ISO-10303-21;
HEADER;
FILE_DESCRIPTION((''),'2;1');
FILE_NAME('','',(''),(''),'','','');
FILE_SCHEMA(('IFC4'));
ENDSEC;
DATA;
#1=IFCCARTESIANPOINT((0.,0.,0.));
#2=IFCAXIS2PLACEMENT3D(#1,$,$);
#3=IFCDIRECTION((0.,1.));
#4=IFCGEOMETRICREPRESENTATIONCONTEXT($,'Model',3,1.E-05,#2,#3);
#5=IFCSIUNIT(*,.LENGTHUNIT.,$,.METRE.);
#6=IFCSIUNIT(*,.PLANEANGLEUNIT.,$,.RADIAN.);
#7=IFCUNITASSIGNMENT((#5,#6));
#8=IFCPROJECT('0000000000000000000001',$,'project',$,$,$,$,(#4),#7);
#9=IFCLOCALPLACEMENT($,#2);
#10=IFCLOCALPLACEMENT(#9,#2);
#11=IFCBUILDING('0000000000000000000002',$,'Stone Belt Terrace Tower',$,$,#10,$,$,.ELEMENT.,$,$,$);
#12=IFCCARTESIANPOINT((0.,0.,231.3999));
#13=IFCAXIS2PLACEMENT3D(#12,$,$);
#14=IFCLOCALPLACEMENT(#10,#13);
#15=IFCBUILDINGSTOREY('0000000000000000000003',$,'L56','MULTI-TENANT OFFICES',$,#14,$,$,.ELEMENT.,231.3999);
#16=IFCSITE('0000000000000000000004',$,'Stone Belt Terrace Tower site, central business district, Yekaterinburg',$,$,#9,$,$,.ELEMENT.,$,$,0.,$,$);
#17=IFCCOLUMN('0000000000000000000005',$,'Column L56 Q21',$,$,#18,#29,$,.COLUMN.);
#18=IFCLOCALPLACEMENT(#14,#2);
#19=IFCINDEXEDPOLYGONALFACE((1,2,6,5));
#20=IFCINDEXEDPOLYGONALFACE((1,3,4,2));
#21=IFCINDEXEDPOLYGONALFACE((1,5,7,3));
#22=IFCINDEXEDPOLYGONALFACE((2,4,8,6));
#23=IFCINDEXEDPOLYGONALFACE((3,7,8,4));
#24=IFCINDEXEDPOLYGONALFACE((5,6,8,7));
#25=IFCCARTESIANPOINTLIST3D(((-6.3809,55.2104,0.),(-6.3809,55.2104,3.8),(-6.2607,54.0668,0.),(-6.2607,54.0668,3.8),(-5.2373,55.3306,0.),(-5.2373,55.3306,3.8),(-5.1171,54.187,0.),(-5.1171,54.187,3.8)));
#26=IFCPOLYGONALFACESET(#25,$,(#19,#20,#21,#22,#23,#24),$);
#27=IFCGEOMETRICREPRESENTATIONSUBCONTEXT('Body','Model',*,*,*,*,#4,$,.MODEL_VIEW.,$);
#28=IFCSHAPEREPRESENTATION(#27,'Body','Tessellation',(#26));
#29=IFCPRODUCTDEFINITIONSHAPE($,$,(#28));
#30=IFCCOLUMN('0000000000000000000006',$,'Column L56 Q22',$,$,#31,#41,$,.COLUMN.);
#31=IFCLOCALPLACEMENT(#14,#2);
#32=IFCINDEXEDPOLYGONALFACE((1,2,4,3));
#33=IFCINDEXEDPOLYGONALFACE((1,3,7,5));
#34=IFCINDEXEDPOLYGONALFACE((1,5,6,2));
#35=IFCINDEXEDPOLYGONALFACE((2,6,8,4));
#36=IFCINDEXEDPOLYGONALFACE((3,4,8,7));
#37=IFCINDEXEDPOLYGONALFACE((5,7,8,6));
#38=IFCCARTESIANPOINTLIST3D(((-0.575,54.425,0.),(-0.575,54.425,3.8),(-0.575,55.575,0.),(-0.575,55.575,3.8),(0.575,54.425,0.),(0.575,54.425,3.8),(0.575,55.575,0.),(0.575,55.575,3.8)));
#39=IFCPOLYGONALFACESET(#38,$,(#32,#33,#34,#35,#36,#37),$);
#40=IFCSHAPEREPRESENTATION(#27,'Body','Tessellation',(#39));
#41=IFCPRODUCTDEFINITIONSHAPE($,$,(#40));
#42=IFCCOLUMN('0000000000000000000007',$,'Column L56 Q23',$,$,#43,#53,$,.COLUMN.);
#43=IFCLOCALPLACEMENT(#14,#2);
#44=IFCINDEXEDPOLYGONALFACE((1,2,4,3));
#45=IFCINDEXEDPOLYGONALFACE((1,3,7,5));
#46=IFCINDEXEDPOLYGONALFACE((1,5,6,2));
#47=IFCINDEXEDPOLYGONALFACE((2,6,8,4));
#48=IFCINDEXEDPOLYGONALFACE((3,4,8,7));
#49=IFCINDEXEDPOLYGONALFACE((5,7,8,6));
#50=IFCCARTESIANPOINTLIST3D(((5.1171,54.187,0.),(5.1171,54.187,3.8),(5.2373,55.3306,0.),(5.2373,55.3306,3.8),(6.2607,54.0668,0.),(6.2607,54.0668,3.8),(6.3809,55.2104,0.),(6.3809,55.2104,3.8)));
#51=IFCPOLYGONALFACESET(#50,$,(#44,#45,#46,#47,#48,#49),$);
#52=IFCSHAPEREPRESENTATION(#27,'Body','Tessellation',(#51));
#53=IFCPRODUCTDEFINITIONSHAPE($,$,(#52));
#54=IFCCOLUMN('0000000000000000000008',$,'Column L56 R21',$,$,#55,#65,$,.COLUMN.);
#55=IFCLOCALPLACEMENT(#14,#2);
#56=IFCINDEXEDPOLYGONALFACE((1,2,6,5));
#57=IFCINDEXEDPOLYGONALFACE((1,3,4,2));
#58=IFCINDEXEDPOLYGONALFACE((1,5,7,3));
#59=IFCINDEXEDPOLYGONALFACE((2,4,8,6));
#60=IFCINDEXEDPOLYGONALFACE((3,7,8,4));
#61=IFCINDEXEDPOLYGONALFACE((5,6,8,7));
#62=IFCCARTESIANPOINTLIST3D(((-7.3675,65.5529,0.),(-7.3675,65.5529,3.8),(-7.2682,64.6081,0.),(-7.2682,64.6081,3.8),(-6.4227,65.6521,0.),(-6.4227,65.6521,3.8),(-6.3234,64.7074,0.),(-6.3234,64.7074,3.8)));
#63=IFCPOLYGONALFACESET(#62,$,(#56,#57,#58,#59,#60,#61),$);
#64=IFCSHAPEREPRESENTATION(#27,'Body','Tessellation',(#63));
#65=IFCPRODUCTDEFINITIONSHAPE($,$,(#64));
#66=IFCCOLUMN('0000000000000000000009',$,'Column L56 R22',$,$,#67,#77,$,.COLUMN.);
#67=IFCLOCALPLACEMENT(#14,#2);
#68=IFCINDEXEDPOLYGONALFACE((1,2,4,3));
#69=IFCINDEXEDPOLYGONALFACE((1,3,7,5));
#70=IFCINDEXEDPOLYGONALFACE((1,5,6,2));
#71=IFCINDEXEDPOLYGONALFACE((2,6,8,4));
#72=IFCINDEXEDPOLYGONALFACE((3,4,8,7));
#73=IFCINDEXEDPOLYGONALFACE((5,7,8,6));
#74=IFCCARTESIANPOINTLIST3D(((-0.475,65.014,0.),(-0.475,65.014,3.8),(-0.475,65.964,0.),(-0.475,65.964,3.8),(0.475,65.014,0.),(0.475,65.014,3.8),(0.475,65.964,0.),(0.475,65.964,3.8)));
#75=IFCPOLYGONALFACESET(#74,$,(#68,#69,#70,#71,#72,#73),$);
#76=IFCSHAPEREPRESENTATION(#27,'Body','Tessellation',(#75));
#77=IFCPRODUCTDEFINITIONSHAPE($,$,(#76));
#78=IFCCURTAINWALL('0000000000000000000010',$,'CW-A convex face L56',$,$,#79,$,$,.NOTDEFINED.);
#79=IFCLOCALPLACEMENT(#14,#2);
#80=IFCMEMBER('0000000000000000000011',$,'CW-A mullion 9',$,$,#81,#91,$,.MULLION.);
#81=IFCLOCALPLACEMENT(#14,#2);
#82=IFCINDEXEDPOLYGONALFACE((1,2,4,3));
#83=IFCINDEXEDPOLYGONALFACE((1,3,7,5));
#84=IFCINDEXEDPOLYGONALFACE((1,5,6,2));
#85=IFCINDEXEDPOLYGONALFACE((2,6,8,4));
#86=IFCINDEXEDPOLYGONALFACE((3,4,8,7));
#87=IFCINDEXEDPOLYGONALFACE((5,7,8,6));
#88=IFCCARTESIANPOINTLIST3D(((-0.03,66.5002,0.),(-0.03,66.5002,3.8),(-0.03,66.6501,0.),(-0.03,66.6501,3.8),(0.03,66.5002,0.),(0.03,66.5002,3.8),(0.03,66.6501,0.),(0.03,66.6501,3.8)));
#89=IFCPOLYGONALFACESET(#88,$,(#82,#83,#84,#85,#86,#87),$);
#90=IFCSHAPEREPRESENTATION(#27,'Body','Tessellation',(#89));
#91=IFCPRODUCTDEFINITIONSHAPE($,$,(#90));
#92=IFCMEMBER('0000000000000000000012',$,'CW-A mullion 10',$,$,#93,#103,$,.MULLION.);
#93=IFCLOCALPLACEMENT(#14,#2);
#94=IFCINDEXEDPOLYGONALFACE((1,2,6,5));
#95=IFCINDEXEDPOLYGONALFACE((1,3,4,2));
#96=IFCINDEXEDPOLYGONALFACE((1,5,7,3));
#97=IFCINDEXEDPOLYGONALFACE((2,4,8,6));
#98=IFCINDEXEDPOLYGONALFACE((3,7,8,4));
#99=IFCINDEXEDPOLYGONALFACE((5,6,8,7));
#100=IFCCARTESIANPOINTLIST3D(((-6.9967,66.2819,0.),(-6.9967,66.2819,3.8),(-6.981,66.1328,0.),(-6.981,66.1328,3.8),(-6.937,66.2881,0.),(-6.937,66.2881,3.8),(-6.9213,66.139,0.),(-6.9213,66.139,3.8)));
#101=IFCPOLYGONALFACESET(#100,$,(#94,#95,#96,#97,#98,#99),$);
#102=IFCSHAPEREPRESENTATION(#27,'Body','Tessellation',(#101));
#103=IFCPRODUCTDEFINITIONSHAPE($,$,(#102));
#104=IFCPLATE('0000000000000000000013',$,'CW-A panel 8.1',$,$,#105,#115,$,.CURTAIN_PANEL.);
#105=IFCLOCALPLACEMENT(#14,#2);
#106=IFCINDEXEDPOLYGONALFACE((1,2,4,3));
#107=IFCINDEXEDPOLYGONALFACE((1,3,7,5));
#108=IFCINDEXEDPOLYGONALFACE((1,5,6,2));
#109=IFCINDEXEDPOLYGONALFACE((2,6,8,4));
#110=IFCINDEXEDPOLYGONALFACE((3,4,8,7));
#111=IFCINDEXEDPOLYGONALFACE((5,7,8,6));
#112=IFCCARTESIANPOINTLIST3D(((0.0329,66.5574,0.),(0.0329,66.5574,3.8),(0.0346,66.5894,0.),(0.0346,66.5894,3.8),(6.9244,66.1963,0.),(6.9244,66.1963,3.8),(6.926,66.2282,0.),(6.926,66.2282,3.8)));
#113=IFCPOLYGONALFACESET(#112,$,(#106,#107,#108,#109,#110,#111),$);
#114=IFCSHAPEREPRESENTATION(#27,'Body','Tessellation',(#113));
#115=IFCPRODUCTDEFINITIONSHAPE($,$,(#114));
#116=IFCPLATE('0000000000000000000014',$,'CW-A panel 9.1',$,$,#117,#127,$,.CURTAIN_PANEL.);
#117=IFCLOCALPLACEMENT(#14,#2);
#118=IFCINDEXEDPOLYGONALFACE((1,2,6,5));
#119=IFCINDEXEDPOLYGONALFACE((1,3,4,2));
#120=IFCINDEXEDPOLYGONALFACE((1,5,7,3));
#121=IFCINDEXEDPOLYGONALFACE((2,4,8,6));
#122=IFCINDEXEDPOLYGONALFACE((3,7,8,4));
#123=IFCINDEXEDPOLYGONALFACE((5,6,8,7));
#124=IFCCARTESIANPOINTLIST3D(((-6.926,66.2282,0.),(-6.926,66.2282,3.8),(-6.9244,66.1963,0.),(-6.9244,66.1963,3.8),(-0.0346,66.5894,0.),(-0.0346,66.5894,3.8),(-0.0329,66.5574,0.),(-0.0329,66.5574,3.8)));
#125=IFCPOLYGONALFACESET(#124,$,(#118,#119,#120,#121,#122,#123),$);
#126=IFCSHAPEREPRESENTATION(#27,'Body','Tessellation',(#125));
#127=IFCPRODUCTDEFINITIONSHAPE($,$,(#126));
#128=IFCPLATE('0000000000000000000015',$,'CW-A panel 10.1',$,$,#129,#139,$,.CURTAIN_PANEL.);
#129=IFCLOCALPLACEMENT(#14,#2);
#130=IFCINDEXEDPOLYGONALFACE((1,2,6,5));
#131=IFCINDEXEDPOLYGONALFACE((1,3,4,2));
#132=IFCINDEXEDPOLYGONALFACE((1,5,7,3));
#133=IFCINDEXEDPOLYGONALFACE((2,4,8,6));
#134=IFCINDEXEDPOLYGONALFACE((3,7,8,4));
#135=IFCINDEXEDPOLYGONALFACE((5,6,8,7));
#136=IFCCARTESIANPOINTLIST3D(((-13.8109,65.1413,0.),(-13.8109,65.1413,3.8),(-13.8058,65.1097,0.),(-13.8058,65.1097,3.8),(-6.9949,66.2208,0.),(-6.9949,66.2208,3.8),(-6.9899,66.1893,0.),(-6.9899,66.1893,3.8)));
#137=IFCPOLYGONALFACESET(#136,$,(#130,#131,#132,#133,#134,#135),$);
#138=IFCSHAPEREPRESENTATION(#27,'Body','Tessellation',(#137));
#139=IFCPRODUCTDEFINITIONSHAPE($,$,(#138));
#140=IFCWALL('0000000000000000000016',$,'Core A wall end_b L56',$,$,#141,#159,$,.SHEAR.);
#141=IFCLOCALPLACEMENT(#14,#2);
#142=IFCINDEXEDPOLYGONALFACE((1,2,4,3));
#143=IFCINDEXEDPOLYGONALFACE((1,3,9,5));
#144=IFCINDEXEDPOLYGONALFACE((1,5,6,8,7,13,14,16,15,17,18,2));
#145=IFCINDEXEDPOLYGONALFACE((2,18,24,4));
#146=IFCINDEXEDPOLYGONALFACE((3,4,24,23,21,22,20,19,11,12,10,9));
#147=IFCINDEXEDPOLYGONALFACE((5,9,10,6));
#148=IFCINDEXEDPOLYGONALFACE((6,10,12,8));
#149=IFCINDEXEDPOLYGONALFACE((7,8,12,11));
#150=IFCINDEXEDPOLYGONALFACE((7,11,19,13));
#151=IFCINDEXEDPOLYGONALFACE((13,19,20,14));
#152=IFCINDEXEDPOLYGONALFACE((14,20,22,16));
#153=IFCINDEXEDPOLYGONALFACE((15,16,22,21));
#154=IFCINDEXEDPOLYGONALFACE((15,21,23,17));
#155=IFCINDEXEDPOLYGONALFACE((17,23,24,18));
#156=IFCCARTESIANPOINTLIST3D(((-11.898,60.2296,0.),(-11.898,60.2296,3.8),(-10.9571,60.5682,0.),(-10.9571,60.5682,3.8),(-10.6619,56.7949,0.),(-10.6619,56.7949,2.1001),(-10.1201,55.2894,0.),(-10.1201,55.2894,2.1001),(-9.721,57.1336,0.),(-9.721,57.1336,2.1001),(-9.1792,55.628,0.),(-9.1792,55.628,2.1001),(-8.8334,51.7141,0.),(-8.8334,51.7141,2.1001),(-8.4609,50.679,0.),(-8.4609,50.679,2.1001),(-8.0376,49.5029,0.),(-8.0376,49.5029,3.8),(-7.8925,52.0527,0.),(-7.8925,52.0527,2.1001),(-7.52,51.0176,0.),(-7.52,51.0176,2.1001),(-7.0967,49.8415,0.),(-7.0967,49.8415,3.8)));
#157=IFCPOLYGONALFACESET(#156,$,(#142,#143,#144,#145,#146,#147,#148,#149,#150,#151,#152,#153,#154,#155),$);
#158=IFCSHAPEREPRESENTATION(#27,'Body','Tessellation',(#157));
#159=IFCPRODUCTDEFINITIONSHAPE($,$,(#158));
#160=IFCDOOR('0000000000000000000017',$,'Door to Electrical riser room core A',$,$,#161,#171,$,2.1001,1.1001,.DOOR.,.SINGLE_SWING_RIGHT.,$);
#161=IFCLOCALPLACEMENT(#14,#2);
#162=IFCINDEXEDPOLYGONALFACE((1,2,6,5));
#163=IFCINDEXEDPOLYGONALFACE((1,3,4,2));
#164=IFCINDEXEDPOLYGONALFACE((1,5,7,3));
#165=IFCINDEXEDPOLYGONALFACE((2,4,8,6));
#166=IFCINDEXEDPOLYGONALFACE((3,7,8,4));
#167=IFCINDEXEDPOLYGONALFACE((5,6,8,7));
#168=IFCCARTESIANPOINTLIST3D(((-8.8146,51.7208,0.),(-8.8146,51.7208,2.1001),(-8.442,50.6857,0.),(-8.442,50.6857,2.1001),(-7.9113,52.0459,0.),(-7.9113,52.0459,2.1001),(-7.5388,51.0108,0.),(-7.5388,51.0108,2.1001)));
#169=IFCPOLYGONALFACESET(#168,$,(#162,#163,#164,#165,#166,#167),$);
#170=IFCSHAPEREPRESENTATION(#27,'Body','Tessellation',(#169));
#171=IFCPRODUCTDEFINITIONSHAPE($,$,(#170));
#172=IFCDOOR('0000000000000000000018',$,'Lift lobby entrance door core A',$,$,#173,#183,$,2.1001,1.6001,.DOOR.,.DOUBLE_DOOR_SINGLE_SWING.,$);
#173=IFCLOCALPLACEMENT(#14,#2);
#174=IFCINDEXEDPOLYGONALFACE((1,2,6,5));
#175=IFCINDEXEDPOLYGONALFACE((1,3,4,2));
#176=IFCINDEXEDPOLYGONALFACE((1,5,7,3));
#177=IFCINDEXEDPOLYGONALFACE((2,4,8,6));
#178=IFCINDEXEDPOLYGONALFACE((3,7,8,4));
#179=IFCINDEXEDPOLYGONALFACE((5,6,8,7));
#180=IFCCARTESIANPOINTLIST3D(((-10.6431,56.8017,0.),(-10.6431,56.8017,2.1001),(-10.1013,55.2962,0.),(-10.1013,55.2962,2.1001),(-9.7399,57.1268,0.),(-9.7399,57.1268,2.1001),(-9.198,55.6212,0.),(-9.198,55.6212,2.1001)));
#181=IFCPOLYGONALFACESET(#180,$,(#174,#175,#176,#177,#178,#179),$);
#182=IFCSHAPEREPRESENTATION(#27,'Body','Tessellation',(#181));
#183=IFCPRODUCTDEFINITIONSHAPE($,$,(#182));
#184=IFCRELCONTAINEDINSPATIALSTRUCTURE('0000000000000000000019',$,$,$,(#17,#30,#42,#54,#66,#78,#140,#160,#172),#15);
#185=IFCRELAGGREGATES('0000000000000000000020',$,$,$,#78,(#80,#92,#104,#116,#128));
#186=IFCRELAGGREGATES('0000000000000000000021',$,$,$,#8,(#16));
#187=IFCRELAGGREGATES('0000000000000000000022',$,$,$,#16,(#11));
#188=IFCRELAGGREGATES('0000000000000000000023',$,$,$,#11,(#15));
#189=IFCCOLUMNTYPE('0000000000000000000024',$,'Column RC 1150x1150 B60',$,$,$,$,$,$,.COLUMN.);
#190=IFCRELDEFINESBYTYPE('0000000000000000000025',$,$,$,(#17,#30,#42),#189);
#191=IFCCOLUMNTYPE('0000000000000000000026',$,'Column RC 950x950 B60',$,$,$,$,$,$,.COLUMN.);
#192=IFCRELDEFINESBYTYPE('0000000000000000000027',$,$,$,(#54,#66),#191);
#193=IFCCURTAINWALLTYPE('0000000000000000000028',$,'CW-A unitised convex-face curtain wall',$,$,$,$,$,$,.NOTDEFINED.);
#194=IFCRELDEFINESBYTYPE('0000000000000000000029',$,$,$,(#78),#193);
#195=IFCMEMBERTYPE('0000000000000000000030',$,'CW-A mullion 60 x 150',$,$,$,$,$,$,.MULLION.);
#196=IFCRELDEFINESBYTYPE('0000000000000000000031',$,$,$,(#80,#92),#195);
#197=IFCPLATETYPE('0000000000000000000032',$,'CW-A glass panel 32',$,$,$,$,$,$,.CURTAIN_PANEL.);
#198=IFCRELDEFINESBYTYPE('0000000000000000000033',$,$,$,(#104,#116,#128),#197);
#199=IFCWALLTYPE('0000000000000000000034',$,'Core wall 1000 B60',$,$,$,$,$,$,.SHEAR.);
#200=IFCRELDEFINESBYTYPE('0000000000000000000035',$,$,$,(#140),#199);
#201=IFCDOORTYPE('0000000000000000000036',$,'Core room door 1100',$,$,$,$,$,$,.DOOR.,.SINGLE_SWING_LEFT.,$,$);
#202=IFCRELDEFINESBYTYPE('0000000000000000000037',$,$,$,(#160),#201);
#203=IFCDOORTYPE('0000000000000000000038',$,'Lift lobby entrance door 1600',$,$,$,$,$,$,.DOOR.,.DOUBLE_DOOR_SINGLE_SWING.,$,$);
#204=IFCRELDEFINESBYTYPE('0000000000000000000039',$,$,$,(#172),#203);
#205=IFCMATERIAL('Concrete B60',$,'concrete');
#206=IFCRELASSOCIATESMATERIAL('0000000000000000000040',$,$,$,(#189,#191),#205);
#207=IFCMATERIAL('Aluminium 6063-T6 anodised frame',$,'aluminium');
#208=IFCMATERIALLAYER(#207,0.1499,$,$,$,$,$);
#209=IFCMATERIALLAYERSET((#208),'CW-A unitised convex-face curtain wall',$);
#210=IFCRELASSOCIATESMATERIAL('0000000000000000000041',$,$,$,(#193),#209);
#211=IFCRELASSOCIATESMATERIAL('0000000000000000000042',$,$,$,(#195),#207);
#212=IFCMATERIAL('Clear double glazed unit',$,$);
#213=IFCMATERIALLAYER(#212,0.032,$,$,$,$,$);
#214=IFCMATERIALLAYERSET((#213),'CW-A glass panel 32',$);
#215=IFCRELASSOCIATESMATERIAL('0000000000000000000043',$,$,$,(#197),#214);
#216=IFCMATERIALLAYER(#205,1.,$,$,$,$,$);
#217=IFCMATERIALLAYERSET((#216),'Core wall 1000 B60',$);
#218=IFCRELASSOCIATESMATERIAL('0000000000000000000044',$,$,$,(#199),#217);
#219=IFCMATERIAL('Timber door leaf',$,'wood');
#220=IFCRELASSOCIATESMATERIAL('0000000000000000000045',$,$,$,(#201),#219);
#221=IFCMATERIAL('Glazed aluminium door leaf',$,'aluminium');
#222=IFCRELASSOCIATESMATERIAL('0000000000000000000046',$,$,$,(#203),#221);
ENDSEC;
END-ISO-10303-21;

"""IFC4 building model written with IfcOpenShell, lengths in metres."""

from ifc_helpers import new_model, si_unit, direction, frame, frame_2d, origin, origin_2d, place, context, subcontext, project, spatial, rectangle, extrude, material, layer, layer_set, material_profile, profile_set, type_object, element, fill, aggregate, save


model = new_model("IFC4")

# Units and contexts
model_context = context("Model", 3, precision=1e-05, world=origin(), true_north=direction((0.0, 1.0)))
body_context = subcontext(model_context, "Body", "Model", "MODEL_VIEW")
ifc_project = project(units=[si_unit("LENGTHUNIT", "METRE"), si_unit("PLANEANGLEUNIT", "RADIAN")], contexts=[model_context])

# Site, building, storey
site_placement = place(None, origin())
site = spatial("IfcSite", under=ifc_project, at=site_placement, Name="Stone Belt Terrace Tower site, central business district, Yekaterinburg", CompositionType="ELEMENT", RefElevation=0.0)
building_placement = place(site_placement, origin())
building = spatial("IfcBuilding", under=site, at=building_placement, Name="Stone Belt Terrace Tower", CompositionType="ELEMENT")
storey_placement = place(building_placement, frame((0.0, 0.0, 231.3999)))
storey = spatial("IfcBuildingStorey", under=building, at=storey_placement, Name="L56", Description="MULTI-TENANT OFFICES", CompositionType="ELEMENT", Elevation=231.3999)

# Columns
ifc_material_1 = material(Name="Concrete B60", Category="concrete")
ifc_material_profile_1 = material_profile(ifc_material_1, rectangle(XDim=1.1499, YDim=1.1499, at=origin_2d()), Name="RC 1150x1150")
ifc_profile_set_1 = profile_set([ifc_material_profile_1], Name="Concrete B60")
column_type_1 = type_object("IfcColumnType", Name="Column RC 1150x1150 B60", PredefinedType="COLUMN", material=ifc_profile_set_1)
for number, where, z_axis, x_axis, name in (
    (1, (-5.749, 54.6987, 0.0), (0.0, 0.0, 1.0), (0.994522, 0.104528, 0.0), "Column L56 Q21"),
    (2, (0.0, 55.0, 0.0), (0.0, 0.0, 1.0), (1.0, 0.0, 0.0), "Column L56 Q22"),
    (3, (5.749, 54.6987, 0.0), (0.0, 0.0, 1.0), (0.994522, -0.104528, 0.0), "Column L56 Q23"),
):
    element("IfcColumn", number, at=place(storey_placement, frame(where, z_axis=z_axis, x_axis=x_axis)), inside=storey, type_object=column_type_1, Name=name, PredefinedType="COLUMN", context=body_context, shape_type="SweptSolid", body=[
        extrude(rectangle(XDim=1.1499, YDim=1.1499, at=origin_2d()), origin(), (0.0, 0.0, 1.0), 3.8),
    ])
ifc_material_profile_2 = material_profile(ifc_material_1, rectangle(XDim=0.95, YDim=0.95, at=origin_2d()), Name="RC 950x950")
ifc_profile_set_2 = profile_set([ifc_material_profile_2], Name="Concrete B60")
column_type_2 = type_object("IfcColumnType", Name="Column RC 950x950 B60", PredefinedType="COLUMN", material=ifc_profile_set_2)
for number, where, z_axis, x_axis, name in (
    (4, (-6.8455, 65.1301, 0.0), (0.0, 0.0, 1.0), (0.994522, 0.104528, 0.0), "Column L56 R21"),
    (5, (0.0, 65.489, 0.0), (0.0, 0.0, 1.0), (1.0, 0.0, 0.0), "Column L56 R22"),
):
    element("IfcColumn", number, at=place(storey_placement, frame(where, z_axis=z_axis, x_axis=x_axis)), inside=storey, type_object=column_type_2, Name=name, PredefinedType="COLUMN", context=body_context, shape_type="SweptSolid", body=[
        extrude(rectangle(XDim=0.95, YDim=0.95, at=origin_2d()), origin(), (0.0, 0.0, 1.0), 3.8),
    ])

# Curtain wall, members, plates
ifc_material_2 = material(Name="Aluminium 6063-T6 anodised frame", Category="aluminium")
ifc_layer_1 = layer(ifc_material_2, 0.1499)
ifc_layer_set_1 = layer_set([ifc_layer_1], Name="CW-A unitised convex-face curtain wall")
curtain_wall_type = type_object("IfcCurtainWallType", Name="CW-A unitised convex-face curtain wall", PredefinedType="NOTDEFINED", material=ifc_layer_set_1)
curtain_wall_placement = place(storey_placement, origin())
curtain_wall = element("IfcCurtainWall", 6, at=curtain_wall_placement, inside=storey, type_object=curtain_wall_type, Name="CW-A convex face L56", PredefinedType="NOTDEFINED")
ifc_material_profile_3 = material_profile(ifc_material_2, rectangle(XDim=0.1499, YDim=0.0601, at=origin_2d()), Name="Aluminium 6063-T6 60x150")
ifc_profile_set_3 = profile_set([ifc_material_profile_3], Name="Aluminium 6063-T6 anodised frame")
member_type = type_object("IfcMemberType", Name="CW-A mullion 60 x 150", PredefinedType="MULLION", material=ifc_profile_set_3)
member_1_placement = place(storey_placement, frame((0.0, 66.5752, 0.0), z_axis=(0.0, 0.0, 1.0), x_axis=(0.0, -1.0, 0.0)))
member_1 = element("IfcMember", 7, at=member_1_placement, type_object=member_type, Name="CW-A mullion 9", PredefinedType="MULLION", context=body_context, shape_type="SweptSolid", body=[
    extrude(rectangle(XDim=0.1499, YDim=0.0601, at=origin_2d()), origin(), (0.0, 0.0, 1.0), 3.8),
])
member_2_placement = place(storey_placement, frame((-6.959, 66.2104, 0.0), z_axis=(0.0, 0.0, 1.0), x_axis=(0.104528, -0.994522, 0.0)))
member_2 = element("IfcMember", 8, at=member_2_placement, type_object=member_type, Name="CW-A mullion 10", PredefinedType="MULLION", context=body_context, shape_type="SweptSolid", body=[
    extrude(rectangle(XDim=0.1499, YDim=0.0601, at=origin_2d()), origin(), (0.0, 0.0, 1.0), 3.8),
])
ifc_material_3 = material(Name="Clear double glazed unit")
ifc_layer_2 = layer(ifc_material_3, 0.032)
ifc_layer_set_2 = layer_set([ifc_layer_2], Name="CW-A glass panel 32")
plate_type = type_object("IfcPlateType", Name="CW-A glass panel 32", PredefinedType="CURTAIN_PANEL", material=ifc_layer_set_2)
plate_1_placement = place(storey_placement, frame((3.4795, 66.3928, 0.0), z_axis=(0.0, 0.0, 1.0), x_axis=(-0.99863, 0.052336, 0.0)))
plate_1 = element("IfcPlate", 9, at=plate_1_placement, type_object=plate_type, Name="CW-A panel 8.1", PredefinedType="CURTAIN_PANEL", context=body_context, shape_type="SweptSolid", body=[
    extrude(rectangle(XDim=6.9009, YDim=0.032, at=origin_2d()), origin(), (0.0, 0.0, 1.0), 3.8),
])
plate_2_placement = place(storey_placement, frame((-3.4795, 66.3928, 0.0), z_axis=(0.0, 0.0, 1.0), x_axis=(-0.99863, -0.052336, 0.0)))
plate_2 = element("IfcPlate", 10, at=plate_2_placement, type_object=plate_type, Name="CW-A panel 9.1", PredefinedType="CURTAIN_PANEL", context=body_context, shape_type="SweptSolid", body=[
    extrude(rectangle(XDim=6.9009, YDim=0.032, at=origin_2d()), origin(), (0.0, 0.0, 1.0), 3.8),
])
plate_3_placement = place(storey_placement, frame((-10.4004, 65.6653, 0.0), z_axis=(0.0, 0.0, 1.0), x_axis=(-0.987688, -0.156434, 0.0)))
plate_3 = element("IfcPlate", 11, at=plate_3_placement, type_object=plate_type, Name="CW-A panel 10.1", PredefinedType="CURTAIN_PANEL", context=body_context, shape_type="SweptSolid", body=[
    extrude(rectangle(XDim=6.9009, YDim=0.032, at=origin_2d()), origin(), (0.0, 0.0, 1.0), 3.8),
])
aggregate(curtain_wall, [member_1, member_2, plate_1, plate_2, plate_3])

# Wall, openings, doors
ifc_layer_3 = layer(ifc_material_1, 1.0)
ifc_layer_set_3 = layer_set([ifc_layer_3], Name="Core wall 1000 B60")
wall_type_1 = type_object("IfcWallType", Name="Core wall 1000 B60", PredefinedType="SHEAR", material=ifc_layer_set_3)
wall_1_placement = place(storey_placement, frame((-7.5671, 49.6721, 0.0), z_axis=(0.0, 0.0, 1.0), x_axis=(-0.338625, 0.940921, 0.0)))
wall_1 = element("IfcWall", 12, at=wall_1_placement, inside=storey, type_object=wall_type_1, Name="Core A wall end_b L56", PredefinedType="SHEAR", context=body_context, shape_type="SweptSolid", body=[
    extrude(rectangle(XDim=11.4001, YDim=1.0, at=frame_2d((5.7002, 0.0))), origin(), (0.0, 0.0, 1.0), 3.8),
])
opening_1_placement = place(wall_1_placement, frame((6.1499, 0.0, 0.0)))
opening_1 = element("IfcOpeningElement", 13, at=opening_1_placement, cuts=wall_1, PredefinedType="OPENING", context=body_context, shape_type="SweptSolid", body=[
    extrude(rectangle(XDim=1.6001, YDim=2.1001, at=frame_2d((0.8, 1.05))), frame((0.0, 0.51, 0.0), z_axis=(0.0, -1.0, 0.0), x_axis=(1.0, 0.0, 0.0)), (0.0, 0.0, 1.0), 1.02),
])
opening_2_placement = place(wall_1_placement, frame((1.25, 0.0, 0.0)))
opening_2 = element("IfcOpeningElement", 14, at=opening_2_placement, cuts=wall_1, PredefinedType="OPENING", context=body_context, shape_type="SweptSolid", body=[
    extrude(rectangle(XDim=1.1001, YDim=2.1001, at=frame_2d((0.55, 1.05))), frame((0.0, 0.51, 0.0), z_axis=(0.0, -1.0, 0.0), x_axis=(1.0, 0.0, 0.0)), (0.0, 0.0, 1.0), 1.02),
])
ifc_material_4 = material(Name="Timber door leaf", Category="wood")
door_type_1 = type_object("IfcDoorType", Name="Core room door 1100", OperationType="SINGLE_SWING_LEFT", PredefinedType="DOOR", material=ifc_material_4)
door_1_placement = place(opening_2_placement, origin())
door_1 = element("IfcDoor", 15, at=door_1_placement, inside=storey, type_object=door_type_1, Name="Door to Electrical riser room core A", OperationType="SINGLE_SWING_RIGHT", OverallHeight=2.1001, OverallWidth=1.1001, PredefinedType="DOOR", context=body_context, shape_type="SweptSolid", body=[
    extrude(rectangle(XDim=1.1001, YDim=2.1001, at=frame_2d((0.55, 1.05))), frame((0.0, 0.48, 0.0), z_axis=(0.0, -1.0, 0.0), x_axis=(1.0, 0.0, 0.0)), (0.0, 0.0, 1.0), 0.96),
])
fill(opening_2, door_1)
ifc_material_5 = material(Name="Glazed aluminium door leaf", Category="aluminium")
door_type_2 = type_object("IfcDoorType", Name="Lift lobby entrance door 1600", OperationType="DOUBLE_DOOR_SINGLE_SWING", PredefinedType="DOOR", material=ifc_material_5)
door_2_placement = place(opening_1_placement, origin())
door_2 = element("IfcDoor", 16, at=door_2_placement, inside=storey, type_object=door_type_2, Name="Lift lobby entrance door core A", OperationType="DOUBLE_DOOR_SINGLE_SWING", OverallHeight=2.1001, OverallWidth=1.6001, PredefinedType="DOOR", context=body_context, shape_type="SweptSolid", body=[
    extrude(rectangle(XDim=1.6001, YDim=2.1001, at=frame_2d((0.8, 1.05))), frame((0.0, 0.48, 0.0), z_axis=(0.0, -1.0, 0.0), x_axis=(1.0, 0.0, 0.0)), (0.0, 0.0, 1.0), 0.96),
])
fill(opening_1, door_2)

save(model, "model.ifc")
